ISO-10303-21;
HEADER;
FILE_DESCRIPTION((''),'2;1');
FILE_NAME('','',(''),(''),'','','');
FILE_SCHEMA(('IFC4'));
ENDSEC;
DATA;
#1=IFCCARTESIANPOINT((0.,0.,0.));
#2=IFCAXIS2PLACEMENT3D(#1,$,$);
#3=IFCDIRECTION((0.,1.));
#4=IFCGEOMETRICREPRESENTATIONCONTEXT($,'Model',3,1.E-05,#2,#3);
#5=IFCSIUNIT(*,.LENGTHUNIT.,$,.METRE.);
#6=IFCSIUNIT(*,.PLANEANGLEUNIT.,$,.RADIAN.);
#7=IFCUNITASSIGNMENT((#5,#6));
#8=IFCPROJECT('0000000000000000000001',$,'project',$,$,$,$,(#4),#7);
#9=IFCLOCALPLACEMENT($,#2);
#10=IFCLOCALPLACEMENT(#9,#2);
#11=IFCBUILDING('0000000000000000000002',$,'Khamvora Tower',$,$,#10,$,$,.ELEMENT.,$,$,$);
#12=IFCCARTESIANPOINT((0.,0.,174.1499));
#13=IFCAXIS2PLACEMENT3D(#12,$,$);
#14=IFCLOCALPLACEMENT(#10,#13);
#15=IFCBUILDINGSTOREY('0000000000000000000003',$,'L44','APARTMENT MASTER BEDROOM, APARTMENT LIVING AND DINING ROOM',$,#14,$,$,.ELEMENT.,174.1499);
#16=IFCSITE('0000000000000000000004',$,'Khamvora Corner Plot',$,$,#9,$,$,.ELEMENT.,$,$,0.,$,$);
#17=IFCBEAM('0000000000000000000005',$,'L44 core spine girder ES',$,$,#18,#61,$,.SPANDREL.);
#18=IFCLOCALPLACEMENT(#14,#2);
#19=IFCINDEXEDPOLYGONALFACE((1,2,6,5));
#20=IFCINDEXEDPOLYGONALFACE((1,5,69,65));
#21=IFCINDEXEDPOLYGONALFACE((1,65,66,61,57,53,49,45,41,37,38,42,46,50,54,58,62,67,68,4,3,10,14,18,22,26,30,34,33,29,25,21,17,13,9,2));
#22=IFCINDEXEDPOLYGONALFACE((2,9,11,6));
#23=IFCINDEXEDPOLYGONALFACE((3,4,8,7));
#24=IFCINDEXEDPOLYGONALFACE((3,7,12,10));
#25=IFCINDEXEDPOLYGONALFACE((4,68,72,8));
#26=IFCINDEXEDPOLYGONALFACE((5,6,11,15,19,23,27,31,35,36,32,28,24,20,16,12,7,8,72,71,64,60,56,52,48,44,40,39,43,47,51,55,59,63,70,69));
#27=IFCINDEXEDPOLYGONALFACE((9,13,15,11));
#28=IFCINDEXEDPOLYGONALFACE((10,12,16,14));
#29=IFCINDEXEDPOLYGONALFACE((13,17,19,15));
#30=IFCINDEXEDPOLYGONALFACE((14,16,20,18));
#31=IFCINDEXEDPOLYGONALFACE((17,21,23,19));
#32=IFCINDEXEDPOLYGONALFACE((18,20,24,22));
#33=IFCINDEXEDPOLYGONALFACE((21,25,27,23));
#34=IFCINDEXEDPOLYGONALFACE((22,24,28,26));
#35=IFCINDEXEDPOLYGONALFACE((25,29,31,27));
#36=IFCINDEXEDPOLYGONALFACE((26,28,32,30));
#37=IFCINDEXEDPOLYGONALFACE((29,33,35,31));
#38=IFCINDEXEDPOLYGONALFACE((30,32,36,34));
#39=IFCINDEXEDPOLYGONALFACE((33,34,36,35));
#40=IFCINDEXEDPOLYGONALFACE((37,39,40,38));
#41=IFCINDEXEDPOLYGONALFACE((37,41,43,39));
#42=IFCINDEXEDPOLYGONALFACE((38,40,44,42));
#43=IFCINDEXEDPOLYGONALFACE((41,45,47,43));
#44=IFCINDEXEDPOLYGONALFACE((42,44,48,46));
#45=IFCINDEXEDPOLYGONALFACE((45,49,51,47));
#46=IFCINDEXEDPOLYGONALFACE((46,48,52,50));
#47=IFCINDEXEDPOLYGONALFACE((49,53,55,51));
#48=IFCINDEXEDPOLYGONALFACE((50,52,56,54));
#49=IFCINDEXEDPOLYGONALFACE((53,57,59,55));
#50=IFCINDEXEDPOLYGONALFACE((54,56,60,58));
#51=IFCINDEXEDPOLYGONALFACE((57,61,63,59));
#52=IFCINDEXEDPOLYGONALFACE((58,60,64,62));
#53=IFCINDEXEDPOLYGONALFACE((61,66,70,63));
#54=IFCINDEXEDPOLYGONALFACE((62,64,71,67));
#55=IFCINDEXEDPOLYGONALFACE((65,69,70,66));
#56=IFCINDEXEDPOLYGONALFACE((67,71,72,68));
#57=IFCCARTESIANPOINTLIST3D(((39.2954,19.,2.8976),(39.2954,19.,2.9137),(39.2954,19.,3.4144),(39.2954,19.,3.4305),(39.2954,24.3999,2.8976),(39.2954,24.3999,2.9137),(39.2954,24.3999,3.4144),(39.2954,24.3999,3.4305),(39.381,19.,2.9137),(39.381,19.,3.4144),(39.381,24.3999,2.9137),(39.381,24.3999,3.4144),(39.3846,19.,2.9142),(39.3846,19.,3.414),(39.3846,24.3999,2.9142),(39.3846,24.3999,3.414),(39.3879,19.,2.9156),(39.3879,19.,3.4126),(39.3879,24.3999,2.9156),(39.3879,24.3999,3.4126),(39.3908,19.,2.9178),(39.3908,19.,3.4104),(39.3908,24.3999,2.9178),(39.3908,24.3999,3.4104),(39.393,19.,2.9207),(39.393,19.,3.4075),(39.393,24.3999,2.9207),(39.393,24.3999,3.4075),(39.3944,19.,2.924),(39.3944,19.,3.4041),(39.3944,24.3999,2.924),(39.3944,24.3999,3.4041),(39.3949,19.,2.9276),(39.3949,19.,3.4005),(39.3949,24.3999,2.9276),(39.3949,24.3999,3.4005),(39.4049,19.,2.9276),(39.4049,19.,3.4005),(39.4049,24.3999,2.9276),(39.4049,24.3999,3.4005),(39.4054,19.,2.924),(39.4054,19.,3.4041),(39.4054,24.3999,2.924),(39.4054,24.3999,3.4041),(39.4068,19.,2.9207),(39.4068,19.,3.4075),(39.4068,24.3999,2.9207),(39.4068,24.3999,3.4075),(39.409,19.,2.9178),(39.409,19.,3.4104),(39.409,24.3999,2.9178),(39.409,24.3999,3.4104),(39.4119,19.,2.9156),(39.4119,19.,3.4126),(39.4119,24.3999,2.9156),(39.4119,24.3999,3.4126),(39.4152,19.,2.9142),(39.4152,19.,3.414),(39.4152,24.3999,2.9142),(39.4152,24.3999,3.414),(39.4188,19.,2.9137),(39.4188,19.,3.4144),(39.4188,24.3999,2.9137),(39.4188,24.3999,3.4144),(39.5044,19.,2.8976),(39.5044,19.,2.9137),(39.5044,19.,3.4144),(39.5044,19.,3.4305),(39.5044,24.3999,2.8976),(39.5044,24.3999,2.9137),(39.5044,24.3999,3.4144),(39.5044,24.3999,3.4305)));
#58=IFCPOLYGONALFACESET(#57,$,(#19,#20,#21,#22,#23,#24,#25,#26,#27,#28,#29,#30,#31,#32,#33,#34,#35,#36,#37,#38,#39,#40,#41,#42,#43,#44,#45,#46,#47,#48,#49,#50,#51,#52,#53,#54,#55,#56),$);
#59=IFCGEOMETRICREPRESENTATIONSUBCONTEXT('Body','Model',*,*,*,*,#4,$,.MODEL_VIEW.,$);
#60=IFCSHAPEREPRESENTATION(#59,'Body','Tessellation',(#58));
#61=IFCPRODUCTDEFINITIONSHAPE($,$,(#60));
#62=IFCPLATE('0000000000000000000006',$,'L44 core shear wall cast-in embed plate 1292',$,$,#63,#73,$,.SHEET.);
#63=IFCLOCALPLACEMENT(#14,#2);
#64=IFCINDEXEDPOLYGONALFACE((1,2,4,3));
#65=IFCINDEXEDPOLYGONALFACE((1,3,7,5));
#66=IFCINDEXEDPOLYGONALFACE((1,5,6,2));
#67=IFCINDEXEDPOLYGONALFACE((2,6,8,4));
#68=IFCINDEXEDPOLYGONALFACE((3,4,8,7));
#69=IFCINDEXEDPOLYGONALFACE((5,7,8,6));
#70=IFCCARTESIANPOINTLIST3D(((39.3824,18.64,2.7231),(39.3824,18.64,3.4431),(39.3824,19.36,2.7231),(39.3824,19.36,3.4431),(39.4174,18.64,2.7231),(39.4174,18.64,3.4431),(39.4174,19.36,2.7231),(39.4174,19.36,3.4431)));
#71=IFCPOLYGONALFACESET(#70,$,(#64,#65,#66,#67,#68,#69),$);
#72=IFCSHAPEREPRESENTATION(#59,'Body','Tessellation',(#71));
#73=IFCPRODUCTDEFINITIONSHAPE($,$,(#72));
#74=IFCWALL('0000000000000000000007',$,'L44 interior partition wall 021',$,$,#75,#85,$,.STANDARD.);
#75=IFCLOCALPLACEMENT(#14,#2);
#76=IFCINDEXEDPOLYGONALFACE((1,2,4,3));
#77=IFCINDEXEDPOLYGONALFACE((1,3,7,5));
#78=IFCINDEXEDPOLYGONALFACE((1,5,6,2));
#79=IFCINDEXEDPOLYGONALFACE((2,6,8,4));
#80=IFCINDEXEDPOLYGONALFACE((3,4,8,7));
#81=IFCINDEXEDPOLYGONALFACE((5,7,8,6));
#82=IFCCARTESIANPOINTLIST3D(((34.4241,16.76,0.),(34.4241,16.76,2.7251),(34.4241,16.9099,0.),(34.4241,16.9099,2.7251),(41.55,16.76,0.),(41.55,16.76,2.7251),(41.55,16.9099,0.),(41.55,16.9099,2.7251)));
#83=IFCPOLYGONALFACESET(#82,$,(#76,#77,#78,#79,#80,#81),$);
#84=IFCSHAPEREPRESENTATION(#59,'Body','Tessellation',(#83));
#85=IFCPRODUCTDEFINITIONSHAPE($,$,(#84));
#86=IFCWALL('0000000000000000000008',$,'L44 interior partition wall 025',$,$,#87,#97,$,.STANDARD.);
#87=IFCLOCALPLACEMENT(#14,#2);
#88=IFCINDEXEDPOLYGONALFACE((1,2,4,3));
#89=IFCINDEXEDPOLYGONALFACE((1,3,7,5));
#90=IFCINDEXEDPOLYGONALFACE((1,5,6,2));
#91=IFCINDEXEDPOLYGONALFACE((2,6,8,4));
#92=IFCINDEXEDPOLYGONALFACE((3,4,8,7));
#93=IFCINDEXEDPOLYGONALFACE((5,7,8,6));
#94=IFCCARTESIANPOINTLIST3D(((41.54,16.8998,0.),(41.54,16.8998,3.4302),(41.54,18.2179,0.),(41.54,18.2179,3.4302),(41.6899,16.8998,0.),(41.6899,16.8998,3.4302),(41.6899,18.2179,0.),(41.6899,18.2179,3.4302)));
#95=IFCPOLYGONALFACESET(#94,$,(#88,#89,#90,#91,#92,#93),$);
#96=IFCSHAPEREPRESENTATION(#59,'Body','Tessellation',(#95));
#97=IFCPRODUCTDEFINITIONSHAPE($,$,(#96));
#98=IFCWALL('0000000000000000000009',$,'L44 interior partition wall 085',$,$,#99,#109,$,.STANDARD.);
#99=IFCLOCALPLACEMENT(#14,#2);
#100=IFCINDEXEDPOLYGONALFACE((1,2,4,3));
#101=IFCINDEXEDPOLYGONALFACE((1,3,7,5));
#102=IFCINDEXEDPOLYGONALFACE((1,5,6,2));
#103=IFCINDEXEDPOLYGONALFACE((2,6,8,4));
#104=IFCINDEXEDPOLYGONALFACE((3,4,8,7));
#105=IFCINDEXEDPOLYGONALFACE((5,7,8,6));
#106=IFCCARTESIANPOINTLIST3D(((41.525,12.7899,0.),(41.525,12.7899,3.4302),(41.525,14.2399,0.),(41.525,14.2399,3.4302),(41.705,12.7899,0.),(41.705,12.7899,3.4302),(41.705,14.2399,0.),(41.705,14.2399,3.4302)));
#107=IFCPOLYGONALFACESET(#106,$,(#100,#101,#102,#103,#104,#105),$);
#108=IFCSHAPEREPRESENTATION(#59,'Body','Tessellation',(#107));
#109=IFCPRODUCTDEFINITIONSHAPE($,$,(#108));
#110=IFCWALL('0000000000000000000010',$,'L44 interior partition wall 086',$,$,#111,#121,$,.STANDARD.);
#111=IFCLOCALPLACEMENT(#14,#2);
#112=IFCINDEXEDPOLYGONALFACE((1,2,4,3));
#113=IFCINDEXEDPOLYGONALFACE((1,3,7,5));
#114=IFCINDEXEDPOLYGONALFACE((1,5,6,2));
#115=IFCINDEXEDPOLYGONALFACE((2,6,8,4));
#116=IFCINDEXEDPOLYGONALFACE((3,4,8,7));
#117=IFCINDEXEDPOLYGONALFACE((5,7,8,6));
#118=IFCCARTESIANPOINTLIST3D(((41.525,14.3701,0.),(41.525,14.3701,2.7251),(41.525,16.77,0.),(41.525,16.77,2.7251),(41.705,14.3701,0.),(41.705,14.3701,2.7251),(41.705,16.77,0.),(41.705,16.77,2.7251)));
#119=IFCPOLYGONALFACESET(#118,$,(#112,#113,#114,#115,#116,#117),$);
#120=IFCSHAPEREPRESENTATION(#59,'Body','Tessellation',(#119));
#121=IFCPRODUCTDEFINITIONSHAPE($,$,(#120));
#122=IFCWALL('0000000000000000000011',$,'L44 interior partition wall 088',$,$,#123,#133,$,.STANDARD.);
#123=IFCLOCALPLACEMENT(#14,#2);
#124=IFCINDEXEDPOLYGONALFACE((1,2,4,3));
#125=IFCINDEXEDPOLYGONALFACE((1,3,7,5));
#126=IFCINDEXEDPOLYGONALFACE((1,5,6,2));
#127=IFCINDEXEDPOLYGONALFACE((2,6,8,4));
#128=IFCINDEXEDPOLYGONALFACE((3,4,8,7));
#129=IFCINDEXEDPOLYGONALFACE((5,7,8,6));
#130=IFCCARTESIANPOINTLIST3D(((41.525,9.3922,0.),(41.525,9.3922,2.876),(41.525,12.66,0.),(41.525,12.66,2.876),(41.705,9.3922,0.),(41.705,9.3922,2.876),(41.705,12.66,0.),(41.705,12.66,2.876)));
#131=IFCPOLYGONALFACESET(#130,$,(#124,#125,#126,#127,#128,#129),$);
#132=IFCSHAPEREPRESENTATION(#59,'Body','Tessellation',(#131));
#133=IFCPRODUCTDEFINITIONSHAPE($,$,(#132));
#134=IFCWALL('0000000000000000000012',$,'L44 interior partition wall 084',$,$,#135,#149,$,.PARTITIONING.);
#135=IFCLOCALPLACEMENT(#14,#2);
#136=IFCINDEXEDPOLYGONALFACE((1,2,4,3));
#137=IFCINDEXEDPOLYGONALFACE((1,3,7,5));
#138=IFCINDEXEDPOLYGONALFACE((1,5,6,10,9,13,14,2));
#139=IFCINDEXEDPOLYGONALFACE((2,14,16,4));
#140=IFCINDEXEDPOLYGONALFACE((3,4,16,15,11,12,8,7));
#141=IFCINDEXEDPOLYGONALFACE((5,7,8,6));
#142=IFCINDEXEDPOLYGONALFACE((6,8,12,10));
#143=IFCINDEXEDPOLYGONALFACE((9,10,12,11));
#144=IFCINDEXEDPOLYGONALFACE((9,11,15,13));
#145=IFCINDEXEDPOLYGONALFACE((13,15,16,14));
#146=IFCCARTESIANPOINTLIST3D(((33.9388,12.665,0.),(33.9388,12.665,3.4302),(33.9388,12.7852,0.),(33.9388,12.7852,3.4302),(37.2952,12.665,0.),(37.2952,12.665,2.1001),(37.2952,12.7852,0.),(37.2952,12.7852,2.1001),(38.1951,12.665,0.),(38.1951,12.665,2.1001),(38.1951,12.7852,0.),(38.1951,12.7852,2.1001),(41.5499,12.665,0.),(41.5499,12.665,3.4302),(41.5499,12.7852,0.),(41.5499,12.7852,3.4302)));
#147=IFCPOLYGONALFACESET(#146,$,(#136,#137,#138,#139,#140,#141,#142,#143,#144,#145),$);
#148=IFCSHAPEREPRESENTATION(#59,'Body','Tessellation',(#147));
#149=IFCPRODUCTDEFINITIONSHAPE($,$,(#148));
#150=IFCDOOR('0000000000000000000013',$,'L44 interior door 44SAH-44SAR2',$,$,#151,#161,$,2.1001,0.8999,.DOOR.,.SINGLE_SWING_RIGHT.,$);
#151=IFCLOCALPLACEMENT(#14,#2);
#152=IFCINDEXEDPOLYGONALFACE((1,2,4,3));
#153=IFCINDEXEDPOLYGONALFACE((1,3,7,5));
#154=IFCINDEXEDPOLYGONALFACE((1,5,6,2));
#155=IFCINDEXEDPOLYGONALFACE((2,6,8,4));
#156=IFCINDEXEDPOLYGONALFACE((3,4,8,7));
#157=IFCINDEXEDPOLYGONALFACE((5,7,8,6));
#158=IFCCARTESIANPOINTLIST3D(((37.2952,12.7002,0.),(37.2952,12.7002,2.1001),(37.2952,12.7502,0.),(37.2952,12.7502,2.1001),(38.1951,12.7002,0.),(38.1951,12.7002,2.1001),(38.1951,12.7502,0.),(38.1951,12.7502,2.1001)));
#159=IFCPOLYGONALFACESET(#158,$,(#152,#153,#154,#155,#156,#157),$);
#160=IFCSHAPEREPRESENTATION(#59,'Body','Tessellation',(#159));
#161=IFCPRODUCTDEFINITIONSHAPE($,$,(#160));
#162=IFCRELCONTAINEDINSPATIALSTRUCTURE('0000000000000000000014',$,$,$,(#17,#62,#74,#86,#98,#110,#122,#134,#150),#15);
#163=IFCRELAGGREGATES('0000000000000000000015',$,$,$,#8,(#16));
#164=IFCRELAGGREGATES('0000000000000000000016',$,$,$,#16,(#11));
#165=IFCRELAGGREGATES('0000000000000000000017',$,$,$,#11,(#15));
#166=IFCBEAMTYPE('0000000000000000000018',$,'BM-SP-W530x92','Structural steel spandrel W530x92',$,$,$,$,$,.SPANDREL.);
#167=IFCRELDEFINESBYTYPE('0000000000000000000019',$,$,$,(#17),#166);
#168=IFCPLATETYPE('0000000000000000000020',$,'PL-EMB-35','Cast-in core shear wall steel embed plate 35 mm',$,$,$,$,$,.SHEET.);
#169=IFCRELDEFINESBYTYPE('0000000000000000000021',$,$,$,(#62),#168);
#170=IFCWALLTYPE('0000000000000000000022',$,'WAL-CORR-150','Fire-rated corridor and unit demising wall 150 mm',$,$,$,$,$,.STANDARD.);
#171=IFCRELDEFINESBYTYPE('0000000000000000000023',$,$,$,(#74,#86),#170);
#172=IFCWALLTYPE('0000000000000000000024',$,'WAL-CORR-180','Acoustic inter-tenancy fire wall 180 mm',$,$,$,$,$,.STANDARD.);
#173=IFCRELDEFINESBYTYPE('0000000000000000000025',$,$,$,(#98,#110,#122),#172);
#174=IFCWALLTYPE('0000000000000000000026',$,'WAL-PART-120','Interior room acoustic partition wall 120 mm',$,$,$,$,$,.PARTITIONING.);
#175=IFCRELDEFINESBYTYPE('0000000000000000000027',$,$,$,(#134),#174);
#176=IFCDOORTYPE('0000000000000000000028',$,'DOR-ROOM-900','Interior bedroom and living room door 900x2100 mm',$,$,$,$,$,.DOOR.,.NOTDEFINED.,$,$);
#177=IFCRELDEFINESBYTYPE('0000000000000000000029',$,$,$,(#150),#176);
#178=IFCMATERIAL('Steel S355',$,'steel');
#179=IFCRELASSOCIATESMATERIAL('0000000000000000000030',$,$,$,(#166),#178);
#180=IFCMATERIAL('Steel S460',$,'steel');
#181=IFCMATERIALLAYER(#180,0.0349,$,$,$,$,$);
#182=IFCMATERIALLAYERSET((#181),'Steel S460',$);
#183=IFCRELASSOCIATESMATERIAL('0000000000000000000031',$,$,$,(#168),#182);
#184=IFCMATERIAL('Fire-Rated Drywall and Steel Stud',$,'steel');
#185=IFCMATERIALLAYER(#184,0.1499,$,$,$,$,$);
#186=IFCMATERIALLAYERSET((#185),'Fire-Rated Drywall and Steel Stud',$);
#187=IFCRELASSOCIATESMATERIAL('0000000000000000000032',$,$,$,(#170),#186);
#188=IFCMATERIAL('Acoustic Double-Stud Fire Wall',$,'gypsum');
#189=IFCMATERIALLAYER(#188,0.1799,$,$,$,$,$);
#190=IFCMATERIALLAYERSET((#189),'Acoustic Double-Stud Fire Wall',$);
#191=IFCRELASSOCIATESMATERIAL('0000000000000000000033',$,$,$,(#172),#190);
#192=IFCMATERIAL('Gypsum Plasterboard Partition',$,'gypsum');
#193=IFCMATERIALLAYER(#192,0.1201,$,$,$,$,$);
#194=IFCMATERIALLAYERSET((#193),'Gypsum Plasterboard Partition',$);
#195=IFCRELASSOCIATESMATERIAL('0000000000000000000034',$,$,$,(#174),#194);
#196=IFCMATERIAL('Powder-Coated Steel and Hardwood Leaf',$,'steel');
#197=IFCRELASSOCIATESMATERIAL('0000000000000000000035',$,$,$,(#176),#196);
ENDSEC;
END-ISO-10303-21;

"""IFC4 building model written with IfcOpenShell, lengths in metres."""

from ifc_helpers import new_model, si_unit, direction, frame, frame_2d, origin, origin_2d, place, context, subcontext, project, spatial, rectangle, i_section, extrude, material, layer, layer_set, material_profile, profile_set, type_object, element, fill, save


model = new_model("IFC4")

# Units and contexts
model_context = context("Model", 3, precision=1e-05, world=origin(), true_north=direction((0.0, 1.0)))
body_context = subcontext(model_context, "Body", "Model", "MODEL_VIEW")
ifc_project = project(units=[si_unit("LENGTHUNIT", "METRE"), si_unit("PLANEANGLEUNIT", "RADIAN")], contexts=[model_context])

# Site, building, storey
site_placement = place(None, origin())
site = spatial("IfcSite", under=ifc_project, at=site_placement, Name="Khamvora Corner Plot", CompositionType="ELEMENT", RefElevation=0.0)
building_placement = place(site_placement, origin())
building = spatial("IfcBuilding", under=site, at=building_placement, Name="Khamvora Tower", CompositionType="ELEMENT")
storey_placement = place(building_placement, frame((0.0, 0.0, 174.1499)))
storey = spatial("IfcBuildingStorey", under=building, at=storey_placement, Name="L44", Description="APARTMENT MASTER BEDROOM, APARTMENT LIVING AND DINING ROOM", CompositionType="ELEMENT", Elevation=174.1499)

# Shared definitions
ifc_material_1 = material(Name="Steel S460", Category="steel")

# Beam
ifc_material_2 = material(Name="Steel S355", Category="steel")
ifc_material_profile_1 = material_profile(ifc_material_2, i_section(OverallWidth=0.209, OverallDepth=0.533, WebThickness=0.01, FlangeThickness=0.0161, FilletRadius=0.0139, at=origin_2d()), Name="W530x92")
ifc_profile_set_1 = profile_set([ifc_material_profile_1], Name="Steel S355")
beam_type_1 = type_object("IfcBeamType", Name="BM-SP-W530x92", Description="Structural steel spandrel W530x92", PredefinedType="SPANDREL", material=ifc_profile_set_1)
beam_1_placement = place(storey_placement, frame((39.3999, 19.0, 3.1641), z_axis=(0.0, 1.0, 0.0), x_axis=(-1.0, 0.0, 0.0)))
element("IfcBeam", 1, at=beam_1_placement, inside=storey, type_object=beam_type_1, Name="L44 core spine girder ES", PredefinedType="SPANDREL", context=body_context, shape_type="SweptSolid", body=[
    extrude(i_section(OverallWidth=0.209, OverallDepth=0.533, WebThickness=0.01, FlangeThickness=0.0161, FilletRadius=0.0139, at=origin_2d()), origin(), (0.0, 0.0, 1.0), 5.3999),
])

# Plate
ifc_layer_1 = layer(ifc_material_1, 0.0349)
ifc_layer_set_1 = layer_set([ifc_layer_1], Name="Steel S460")
plate_type = type_object("IfcPlateType", Name="PL-EMB-35", Description="Cast-in core shear wall steel embed plate 35 mm", PredefinedType="SHEET", material=ifc_layer_set_1)
plate_placement = place(storey_placement, frame((39.3999, 19.0, 2.7231), z_axis=(0.0, 0.0, 1.0), x_axis=(1.0, 0.0, 0.0)))
element("IfcPlate", 2, at=plate_placement, inside=storey, type_object=plate_type, Name="L44 core shear wall cast-in embed plate 1292", PredefinedType="SHEET", context=body_context, shape_type="SweptSolid", body=[
    extrude(rectangle(XDim=0.0349, YDim=0.72, at=origin_2d()), origin(), (0.0, 0.0, 1.0), 0.72),
])

# Shared definitions
ifc_material_3 = material(Name="Fire-Rated Drywall and Steel Stud", Category="steel")
ifc_layer_2 = layer(ifc_material_3, 0.1499)
ifc_layer_set_2 = layer_set([ifc_layer_2], Name="Fire-Rated Drywall and Steel Stud")
wall_type_1 = type_object("IfcWallType", Name="WAL-CORR-150", Description="Fire-rated corridor and unit demising wall 150 mm", PredefinedType="STANDARD", material=ifc_layer_set_2)
ifc_material_4 = material(Name="Powder-Coated Steel and Hardwood Leaf", Category="steel")

# Walls
wall_1_placement = place(storey_placement, frame((41.55, 16.835, 0.0), z_axis=(0.0, 0.0, 1.0), x_axis=(-1.0, 0.0, 0.0)))
element("IfcWall", 3, at=wall_1_placement, inside=storey, type_object=wall_type_1, Name="L44 interior partition wall 021", PredefinedType="STANDARD", context=body_context, shape_type="SweptSolid", body=[
    extrude(rectangle(XDim=7.126, YDim=0.1499, at=frame_2d((3.563, 0.0))), origin(), (0.0, 0.0, 1.0), 2.7251),
])
wall_2_placement = place(storey_placement, frame((41.615, 18.218, 0.0), z_axis=(0.0, 0.0, 1.0), x_axis=(0.0, -1.0, 0.0)))
element("IfcWall", 4, at=wall_2_placement, inside=storey, type_object=wall_type_1, Name="L44 interior partition wall 025", PredefinedType="STANDARD", context=body_context, shape_type="SweptSolid", body=[
    extrude(rectangle(XDim=1.3181, YDim=0.1499, at=frame_2d((0.6592, 0.0))), origin(), (0.0, 0.0, 1.0), 3.4302),
])
ifc_material_5 = material(Name="Acoustic Double-Stud Fire Wall", Category="gypsum")
ifc_layer_3 = layer(ifc_material_5, 0.1799)
ifc_layer_set_3 = layer_set([ifc_layer_3], Name="Acoustic Double-Stud Fire Wall")
wall_type_2 = type_object("IfcWallType", Name="WAL-CORR-180", Description="Acoustic inter-tenancy fire wall 180 mm", PredefinedType="STANDARD", material=ifc_layer_set_3)
wall_3_placement = place(storey_placement, frame((41.615, 14.24, 0.0), z_axis=(0.0, 0.0, 1.0), x_axis=(0.0, -1.0, 0.0)))
element("IfcWall", 5, at=wall_3_placement, inside=storey, type_object=wall_type_2, Name="L44 interior partition wall 085", PredefinedType="STANDARD", context=body_context, shape_type="SweptSolid", body=[
    extrude(rectangle(XDim=1.45, YDim=0.1799, at=frame_2d((0.7251, 0.0))), origin(), (0.0, 0.0, 1.0), 3.4302),
])
wall_4_placement = place(storey_placement, frame((41.615, 16.77, 0.0), z_axis=(0.0, 0.0, 1.0), x_axis=(0.0, -1.0, 0.0)))
element("IfcWall", 6, at=wall_4_placement, inside=storey, type_object=wall_type_2, Name="L44 interior partition wall 086", PredefinedType="STANDARD", context=body_context, shape_type="SweptSolid", body=[
    extrude(rectangle(XDim=2.3999, YDim=0.1799, at=frame_2d((1.2, 0.0))), origin(), (0.0, 0.0, 1.0), 2.7251),
])
wall_5_placement = place(storey_placement, frame((41.615, 12.6599, 0.0), z_axis=(0.0, 0.0, 1.0), x_axis=(0.0, -1.0, 0.0)))
element("IfcWall", 7, at=wall_5_placement, inside=storey, type_object=wall_type_2, Name="L44 interior partition wall 088", PredefinedType="STANDARD", context=body_context, shape_type="SweptSolid", body=[
    extrude(rectangle(XDim=3.2678, YDim=0.1799, at=frame_2d((1.6338, 0.0))), origin(), (0.0, 0.0, 1.0), 2.876),
])

# Wall, opening, door
ifc_material_6 = material(Name="Gypsum Plasterboard Partition", Category="gypsum")
ifc_layer_4 = layer(ifc_material_6, 0.1201)
ifc_layer_set_4 = layer_set([ifc_layer_4], Name="Gypsum Plasterboard Partition")
wall_type_3 = type_object("IfcWallType", Name="WAL-PART-120", Description="Interior room acoustic partition wall 120 mm", PredefinedType="PARTITIONING", material=ifc_layer_set_4)
wall_6_placement = place(storey_placement, frame((41.55, 12.7251, 0.0), z_axis=(0.0, 0.0, 1.0), x_axis=(-1.0, 0.0, 0.0)))
wall_6 = element("IfcWall", 8, at=wall_6_placement, inside=storey, type_object=wall_type_3, Name="L44 interior partition wall 084", PredefinedType="PARTITIONING", context=body_context, shape_type="SweptSolid", body=[
    extrude(rectangle(XDim=7.6111, YDim=0.1201, at=frame_2d((3.8057, 0.0))), origin(), (0.0, 0.0, 1.0), 3.4302),
])
opening_1_placement = place(wall_6_placement, frame((3.355, 0.0, 0.0)))
opening_1 = element("IfcOpeningElement", 9, at=opening_1_placement, cuts=wall_6, PredefinedType="OPENING", context=body_context, shape_type="SweptSolid", body=[
    extrude(rectangle(XDim=0.8999, YDim=2.1001, at=frame_2d((0.45, 1.05))), frame((0.0, 0.0701, 0.0), z_axis=(0.0, -1.0, 0.0), x_axis=(1.0, 0.0, 0.0)), (0.0, 0.0, 1.0), 0.1401),
])
door_type_1 = type_object("IfcDoorType", Name="DOR-ROOM-900", Description="Interior bedroom and living room door 900x2100 mm", OperationType="NOTDEFINED", PredefinedType="DOOR", material=ifc_material_4)
door_1_placement = place(opening_1_placement, origin())
door_1 = element("IfcDoor", 10, at=door_1_placement, inside=storey, type_object=door_type_1, Name="L44 interior door 44SAH-44SAR2", OperationType="SINGLE_SWING_RIGHT", OverallHeight=2.1001, OverallWidth=0.8999, PredefinedType="DOOR", context=body_context, shape_type="SweptSolid", body=[
    extrude(rectangle(XDim=0.8999, YDim=2.1001, at=frame_2d((0.45, 1.05))), frame((0.0, 0.0249, 0.0), z_axis=(0.0, -1.0, 0.0), x_axis=(1.0, 0.0, 0.0)), (0.0, 0.0, 1.0), 0.05),
])
fill(opening_1, door_1)

save(model, "model.ifc")
